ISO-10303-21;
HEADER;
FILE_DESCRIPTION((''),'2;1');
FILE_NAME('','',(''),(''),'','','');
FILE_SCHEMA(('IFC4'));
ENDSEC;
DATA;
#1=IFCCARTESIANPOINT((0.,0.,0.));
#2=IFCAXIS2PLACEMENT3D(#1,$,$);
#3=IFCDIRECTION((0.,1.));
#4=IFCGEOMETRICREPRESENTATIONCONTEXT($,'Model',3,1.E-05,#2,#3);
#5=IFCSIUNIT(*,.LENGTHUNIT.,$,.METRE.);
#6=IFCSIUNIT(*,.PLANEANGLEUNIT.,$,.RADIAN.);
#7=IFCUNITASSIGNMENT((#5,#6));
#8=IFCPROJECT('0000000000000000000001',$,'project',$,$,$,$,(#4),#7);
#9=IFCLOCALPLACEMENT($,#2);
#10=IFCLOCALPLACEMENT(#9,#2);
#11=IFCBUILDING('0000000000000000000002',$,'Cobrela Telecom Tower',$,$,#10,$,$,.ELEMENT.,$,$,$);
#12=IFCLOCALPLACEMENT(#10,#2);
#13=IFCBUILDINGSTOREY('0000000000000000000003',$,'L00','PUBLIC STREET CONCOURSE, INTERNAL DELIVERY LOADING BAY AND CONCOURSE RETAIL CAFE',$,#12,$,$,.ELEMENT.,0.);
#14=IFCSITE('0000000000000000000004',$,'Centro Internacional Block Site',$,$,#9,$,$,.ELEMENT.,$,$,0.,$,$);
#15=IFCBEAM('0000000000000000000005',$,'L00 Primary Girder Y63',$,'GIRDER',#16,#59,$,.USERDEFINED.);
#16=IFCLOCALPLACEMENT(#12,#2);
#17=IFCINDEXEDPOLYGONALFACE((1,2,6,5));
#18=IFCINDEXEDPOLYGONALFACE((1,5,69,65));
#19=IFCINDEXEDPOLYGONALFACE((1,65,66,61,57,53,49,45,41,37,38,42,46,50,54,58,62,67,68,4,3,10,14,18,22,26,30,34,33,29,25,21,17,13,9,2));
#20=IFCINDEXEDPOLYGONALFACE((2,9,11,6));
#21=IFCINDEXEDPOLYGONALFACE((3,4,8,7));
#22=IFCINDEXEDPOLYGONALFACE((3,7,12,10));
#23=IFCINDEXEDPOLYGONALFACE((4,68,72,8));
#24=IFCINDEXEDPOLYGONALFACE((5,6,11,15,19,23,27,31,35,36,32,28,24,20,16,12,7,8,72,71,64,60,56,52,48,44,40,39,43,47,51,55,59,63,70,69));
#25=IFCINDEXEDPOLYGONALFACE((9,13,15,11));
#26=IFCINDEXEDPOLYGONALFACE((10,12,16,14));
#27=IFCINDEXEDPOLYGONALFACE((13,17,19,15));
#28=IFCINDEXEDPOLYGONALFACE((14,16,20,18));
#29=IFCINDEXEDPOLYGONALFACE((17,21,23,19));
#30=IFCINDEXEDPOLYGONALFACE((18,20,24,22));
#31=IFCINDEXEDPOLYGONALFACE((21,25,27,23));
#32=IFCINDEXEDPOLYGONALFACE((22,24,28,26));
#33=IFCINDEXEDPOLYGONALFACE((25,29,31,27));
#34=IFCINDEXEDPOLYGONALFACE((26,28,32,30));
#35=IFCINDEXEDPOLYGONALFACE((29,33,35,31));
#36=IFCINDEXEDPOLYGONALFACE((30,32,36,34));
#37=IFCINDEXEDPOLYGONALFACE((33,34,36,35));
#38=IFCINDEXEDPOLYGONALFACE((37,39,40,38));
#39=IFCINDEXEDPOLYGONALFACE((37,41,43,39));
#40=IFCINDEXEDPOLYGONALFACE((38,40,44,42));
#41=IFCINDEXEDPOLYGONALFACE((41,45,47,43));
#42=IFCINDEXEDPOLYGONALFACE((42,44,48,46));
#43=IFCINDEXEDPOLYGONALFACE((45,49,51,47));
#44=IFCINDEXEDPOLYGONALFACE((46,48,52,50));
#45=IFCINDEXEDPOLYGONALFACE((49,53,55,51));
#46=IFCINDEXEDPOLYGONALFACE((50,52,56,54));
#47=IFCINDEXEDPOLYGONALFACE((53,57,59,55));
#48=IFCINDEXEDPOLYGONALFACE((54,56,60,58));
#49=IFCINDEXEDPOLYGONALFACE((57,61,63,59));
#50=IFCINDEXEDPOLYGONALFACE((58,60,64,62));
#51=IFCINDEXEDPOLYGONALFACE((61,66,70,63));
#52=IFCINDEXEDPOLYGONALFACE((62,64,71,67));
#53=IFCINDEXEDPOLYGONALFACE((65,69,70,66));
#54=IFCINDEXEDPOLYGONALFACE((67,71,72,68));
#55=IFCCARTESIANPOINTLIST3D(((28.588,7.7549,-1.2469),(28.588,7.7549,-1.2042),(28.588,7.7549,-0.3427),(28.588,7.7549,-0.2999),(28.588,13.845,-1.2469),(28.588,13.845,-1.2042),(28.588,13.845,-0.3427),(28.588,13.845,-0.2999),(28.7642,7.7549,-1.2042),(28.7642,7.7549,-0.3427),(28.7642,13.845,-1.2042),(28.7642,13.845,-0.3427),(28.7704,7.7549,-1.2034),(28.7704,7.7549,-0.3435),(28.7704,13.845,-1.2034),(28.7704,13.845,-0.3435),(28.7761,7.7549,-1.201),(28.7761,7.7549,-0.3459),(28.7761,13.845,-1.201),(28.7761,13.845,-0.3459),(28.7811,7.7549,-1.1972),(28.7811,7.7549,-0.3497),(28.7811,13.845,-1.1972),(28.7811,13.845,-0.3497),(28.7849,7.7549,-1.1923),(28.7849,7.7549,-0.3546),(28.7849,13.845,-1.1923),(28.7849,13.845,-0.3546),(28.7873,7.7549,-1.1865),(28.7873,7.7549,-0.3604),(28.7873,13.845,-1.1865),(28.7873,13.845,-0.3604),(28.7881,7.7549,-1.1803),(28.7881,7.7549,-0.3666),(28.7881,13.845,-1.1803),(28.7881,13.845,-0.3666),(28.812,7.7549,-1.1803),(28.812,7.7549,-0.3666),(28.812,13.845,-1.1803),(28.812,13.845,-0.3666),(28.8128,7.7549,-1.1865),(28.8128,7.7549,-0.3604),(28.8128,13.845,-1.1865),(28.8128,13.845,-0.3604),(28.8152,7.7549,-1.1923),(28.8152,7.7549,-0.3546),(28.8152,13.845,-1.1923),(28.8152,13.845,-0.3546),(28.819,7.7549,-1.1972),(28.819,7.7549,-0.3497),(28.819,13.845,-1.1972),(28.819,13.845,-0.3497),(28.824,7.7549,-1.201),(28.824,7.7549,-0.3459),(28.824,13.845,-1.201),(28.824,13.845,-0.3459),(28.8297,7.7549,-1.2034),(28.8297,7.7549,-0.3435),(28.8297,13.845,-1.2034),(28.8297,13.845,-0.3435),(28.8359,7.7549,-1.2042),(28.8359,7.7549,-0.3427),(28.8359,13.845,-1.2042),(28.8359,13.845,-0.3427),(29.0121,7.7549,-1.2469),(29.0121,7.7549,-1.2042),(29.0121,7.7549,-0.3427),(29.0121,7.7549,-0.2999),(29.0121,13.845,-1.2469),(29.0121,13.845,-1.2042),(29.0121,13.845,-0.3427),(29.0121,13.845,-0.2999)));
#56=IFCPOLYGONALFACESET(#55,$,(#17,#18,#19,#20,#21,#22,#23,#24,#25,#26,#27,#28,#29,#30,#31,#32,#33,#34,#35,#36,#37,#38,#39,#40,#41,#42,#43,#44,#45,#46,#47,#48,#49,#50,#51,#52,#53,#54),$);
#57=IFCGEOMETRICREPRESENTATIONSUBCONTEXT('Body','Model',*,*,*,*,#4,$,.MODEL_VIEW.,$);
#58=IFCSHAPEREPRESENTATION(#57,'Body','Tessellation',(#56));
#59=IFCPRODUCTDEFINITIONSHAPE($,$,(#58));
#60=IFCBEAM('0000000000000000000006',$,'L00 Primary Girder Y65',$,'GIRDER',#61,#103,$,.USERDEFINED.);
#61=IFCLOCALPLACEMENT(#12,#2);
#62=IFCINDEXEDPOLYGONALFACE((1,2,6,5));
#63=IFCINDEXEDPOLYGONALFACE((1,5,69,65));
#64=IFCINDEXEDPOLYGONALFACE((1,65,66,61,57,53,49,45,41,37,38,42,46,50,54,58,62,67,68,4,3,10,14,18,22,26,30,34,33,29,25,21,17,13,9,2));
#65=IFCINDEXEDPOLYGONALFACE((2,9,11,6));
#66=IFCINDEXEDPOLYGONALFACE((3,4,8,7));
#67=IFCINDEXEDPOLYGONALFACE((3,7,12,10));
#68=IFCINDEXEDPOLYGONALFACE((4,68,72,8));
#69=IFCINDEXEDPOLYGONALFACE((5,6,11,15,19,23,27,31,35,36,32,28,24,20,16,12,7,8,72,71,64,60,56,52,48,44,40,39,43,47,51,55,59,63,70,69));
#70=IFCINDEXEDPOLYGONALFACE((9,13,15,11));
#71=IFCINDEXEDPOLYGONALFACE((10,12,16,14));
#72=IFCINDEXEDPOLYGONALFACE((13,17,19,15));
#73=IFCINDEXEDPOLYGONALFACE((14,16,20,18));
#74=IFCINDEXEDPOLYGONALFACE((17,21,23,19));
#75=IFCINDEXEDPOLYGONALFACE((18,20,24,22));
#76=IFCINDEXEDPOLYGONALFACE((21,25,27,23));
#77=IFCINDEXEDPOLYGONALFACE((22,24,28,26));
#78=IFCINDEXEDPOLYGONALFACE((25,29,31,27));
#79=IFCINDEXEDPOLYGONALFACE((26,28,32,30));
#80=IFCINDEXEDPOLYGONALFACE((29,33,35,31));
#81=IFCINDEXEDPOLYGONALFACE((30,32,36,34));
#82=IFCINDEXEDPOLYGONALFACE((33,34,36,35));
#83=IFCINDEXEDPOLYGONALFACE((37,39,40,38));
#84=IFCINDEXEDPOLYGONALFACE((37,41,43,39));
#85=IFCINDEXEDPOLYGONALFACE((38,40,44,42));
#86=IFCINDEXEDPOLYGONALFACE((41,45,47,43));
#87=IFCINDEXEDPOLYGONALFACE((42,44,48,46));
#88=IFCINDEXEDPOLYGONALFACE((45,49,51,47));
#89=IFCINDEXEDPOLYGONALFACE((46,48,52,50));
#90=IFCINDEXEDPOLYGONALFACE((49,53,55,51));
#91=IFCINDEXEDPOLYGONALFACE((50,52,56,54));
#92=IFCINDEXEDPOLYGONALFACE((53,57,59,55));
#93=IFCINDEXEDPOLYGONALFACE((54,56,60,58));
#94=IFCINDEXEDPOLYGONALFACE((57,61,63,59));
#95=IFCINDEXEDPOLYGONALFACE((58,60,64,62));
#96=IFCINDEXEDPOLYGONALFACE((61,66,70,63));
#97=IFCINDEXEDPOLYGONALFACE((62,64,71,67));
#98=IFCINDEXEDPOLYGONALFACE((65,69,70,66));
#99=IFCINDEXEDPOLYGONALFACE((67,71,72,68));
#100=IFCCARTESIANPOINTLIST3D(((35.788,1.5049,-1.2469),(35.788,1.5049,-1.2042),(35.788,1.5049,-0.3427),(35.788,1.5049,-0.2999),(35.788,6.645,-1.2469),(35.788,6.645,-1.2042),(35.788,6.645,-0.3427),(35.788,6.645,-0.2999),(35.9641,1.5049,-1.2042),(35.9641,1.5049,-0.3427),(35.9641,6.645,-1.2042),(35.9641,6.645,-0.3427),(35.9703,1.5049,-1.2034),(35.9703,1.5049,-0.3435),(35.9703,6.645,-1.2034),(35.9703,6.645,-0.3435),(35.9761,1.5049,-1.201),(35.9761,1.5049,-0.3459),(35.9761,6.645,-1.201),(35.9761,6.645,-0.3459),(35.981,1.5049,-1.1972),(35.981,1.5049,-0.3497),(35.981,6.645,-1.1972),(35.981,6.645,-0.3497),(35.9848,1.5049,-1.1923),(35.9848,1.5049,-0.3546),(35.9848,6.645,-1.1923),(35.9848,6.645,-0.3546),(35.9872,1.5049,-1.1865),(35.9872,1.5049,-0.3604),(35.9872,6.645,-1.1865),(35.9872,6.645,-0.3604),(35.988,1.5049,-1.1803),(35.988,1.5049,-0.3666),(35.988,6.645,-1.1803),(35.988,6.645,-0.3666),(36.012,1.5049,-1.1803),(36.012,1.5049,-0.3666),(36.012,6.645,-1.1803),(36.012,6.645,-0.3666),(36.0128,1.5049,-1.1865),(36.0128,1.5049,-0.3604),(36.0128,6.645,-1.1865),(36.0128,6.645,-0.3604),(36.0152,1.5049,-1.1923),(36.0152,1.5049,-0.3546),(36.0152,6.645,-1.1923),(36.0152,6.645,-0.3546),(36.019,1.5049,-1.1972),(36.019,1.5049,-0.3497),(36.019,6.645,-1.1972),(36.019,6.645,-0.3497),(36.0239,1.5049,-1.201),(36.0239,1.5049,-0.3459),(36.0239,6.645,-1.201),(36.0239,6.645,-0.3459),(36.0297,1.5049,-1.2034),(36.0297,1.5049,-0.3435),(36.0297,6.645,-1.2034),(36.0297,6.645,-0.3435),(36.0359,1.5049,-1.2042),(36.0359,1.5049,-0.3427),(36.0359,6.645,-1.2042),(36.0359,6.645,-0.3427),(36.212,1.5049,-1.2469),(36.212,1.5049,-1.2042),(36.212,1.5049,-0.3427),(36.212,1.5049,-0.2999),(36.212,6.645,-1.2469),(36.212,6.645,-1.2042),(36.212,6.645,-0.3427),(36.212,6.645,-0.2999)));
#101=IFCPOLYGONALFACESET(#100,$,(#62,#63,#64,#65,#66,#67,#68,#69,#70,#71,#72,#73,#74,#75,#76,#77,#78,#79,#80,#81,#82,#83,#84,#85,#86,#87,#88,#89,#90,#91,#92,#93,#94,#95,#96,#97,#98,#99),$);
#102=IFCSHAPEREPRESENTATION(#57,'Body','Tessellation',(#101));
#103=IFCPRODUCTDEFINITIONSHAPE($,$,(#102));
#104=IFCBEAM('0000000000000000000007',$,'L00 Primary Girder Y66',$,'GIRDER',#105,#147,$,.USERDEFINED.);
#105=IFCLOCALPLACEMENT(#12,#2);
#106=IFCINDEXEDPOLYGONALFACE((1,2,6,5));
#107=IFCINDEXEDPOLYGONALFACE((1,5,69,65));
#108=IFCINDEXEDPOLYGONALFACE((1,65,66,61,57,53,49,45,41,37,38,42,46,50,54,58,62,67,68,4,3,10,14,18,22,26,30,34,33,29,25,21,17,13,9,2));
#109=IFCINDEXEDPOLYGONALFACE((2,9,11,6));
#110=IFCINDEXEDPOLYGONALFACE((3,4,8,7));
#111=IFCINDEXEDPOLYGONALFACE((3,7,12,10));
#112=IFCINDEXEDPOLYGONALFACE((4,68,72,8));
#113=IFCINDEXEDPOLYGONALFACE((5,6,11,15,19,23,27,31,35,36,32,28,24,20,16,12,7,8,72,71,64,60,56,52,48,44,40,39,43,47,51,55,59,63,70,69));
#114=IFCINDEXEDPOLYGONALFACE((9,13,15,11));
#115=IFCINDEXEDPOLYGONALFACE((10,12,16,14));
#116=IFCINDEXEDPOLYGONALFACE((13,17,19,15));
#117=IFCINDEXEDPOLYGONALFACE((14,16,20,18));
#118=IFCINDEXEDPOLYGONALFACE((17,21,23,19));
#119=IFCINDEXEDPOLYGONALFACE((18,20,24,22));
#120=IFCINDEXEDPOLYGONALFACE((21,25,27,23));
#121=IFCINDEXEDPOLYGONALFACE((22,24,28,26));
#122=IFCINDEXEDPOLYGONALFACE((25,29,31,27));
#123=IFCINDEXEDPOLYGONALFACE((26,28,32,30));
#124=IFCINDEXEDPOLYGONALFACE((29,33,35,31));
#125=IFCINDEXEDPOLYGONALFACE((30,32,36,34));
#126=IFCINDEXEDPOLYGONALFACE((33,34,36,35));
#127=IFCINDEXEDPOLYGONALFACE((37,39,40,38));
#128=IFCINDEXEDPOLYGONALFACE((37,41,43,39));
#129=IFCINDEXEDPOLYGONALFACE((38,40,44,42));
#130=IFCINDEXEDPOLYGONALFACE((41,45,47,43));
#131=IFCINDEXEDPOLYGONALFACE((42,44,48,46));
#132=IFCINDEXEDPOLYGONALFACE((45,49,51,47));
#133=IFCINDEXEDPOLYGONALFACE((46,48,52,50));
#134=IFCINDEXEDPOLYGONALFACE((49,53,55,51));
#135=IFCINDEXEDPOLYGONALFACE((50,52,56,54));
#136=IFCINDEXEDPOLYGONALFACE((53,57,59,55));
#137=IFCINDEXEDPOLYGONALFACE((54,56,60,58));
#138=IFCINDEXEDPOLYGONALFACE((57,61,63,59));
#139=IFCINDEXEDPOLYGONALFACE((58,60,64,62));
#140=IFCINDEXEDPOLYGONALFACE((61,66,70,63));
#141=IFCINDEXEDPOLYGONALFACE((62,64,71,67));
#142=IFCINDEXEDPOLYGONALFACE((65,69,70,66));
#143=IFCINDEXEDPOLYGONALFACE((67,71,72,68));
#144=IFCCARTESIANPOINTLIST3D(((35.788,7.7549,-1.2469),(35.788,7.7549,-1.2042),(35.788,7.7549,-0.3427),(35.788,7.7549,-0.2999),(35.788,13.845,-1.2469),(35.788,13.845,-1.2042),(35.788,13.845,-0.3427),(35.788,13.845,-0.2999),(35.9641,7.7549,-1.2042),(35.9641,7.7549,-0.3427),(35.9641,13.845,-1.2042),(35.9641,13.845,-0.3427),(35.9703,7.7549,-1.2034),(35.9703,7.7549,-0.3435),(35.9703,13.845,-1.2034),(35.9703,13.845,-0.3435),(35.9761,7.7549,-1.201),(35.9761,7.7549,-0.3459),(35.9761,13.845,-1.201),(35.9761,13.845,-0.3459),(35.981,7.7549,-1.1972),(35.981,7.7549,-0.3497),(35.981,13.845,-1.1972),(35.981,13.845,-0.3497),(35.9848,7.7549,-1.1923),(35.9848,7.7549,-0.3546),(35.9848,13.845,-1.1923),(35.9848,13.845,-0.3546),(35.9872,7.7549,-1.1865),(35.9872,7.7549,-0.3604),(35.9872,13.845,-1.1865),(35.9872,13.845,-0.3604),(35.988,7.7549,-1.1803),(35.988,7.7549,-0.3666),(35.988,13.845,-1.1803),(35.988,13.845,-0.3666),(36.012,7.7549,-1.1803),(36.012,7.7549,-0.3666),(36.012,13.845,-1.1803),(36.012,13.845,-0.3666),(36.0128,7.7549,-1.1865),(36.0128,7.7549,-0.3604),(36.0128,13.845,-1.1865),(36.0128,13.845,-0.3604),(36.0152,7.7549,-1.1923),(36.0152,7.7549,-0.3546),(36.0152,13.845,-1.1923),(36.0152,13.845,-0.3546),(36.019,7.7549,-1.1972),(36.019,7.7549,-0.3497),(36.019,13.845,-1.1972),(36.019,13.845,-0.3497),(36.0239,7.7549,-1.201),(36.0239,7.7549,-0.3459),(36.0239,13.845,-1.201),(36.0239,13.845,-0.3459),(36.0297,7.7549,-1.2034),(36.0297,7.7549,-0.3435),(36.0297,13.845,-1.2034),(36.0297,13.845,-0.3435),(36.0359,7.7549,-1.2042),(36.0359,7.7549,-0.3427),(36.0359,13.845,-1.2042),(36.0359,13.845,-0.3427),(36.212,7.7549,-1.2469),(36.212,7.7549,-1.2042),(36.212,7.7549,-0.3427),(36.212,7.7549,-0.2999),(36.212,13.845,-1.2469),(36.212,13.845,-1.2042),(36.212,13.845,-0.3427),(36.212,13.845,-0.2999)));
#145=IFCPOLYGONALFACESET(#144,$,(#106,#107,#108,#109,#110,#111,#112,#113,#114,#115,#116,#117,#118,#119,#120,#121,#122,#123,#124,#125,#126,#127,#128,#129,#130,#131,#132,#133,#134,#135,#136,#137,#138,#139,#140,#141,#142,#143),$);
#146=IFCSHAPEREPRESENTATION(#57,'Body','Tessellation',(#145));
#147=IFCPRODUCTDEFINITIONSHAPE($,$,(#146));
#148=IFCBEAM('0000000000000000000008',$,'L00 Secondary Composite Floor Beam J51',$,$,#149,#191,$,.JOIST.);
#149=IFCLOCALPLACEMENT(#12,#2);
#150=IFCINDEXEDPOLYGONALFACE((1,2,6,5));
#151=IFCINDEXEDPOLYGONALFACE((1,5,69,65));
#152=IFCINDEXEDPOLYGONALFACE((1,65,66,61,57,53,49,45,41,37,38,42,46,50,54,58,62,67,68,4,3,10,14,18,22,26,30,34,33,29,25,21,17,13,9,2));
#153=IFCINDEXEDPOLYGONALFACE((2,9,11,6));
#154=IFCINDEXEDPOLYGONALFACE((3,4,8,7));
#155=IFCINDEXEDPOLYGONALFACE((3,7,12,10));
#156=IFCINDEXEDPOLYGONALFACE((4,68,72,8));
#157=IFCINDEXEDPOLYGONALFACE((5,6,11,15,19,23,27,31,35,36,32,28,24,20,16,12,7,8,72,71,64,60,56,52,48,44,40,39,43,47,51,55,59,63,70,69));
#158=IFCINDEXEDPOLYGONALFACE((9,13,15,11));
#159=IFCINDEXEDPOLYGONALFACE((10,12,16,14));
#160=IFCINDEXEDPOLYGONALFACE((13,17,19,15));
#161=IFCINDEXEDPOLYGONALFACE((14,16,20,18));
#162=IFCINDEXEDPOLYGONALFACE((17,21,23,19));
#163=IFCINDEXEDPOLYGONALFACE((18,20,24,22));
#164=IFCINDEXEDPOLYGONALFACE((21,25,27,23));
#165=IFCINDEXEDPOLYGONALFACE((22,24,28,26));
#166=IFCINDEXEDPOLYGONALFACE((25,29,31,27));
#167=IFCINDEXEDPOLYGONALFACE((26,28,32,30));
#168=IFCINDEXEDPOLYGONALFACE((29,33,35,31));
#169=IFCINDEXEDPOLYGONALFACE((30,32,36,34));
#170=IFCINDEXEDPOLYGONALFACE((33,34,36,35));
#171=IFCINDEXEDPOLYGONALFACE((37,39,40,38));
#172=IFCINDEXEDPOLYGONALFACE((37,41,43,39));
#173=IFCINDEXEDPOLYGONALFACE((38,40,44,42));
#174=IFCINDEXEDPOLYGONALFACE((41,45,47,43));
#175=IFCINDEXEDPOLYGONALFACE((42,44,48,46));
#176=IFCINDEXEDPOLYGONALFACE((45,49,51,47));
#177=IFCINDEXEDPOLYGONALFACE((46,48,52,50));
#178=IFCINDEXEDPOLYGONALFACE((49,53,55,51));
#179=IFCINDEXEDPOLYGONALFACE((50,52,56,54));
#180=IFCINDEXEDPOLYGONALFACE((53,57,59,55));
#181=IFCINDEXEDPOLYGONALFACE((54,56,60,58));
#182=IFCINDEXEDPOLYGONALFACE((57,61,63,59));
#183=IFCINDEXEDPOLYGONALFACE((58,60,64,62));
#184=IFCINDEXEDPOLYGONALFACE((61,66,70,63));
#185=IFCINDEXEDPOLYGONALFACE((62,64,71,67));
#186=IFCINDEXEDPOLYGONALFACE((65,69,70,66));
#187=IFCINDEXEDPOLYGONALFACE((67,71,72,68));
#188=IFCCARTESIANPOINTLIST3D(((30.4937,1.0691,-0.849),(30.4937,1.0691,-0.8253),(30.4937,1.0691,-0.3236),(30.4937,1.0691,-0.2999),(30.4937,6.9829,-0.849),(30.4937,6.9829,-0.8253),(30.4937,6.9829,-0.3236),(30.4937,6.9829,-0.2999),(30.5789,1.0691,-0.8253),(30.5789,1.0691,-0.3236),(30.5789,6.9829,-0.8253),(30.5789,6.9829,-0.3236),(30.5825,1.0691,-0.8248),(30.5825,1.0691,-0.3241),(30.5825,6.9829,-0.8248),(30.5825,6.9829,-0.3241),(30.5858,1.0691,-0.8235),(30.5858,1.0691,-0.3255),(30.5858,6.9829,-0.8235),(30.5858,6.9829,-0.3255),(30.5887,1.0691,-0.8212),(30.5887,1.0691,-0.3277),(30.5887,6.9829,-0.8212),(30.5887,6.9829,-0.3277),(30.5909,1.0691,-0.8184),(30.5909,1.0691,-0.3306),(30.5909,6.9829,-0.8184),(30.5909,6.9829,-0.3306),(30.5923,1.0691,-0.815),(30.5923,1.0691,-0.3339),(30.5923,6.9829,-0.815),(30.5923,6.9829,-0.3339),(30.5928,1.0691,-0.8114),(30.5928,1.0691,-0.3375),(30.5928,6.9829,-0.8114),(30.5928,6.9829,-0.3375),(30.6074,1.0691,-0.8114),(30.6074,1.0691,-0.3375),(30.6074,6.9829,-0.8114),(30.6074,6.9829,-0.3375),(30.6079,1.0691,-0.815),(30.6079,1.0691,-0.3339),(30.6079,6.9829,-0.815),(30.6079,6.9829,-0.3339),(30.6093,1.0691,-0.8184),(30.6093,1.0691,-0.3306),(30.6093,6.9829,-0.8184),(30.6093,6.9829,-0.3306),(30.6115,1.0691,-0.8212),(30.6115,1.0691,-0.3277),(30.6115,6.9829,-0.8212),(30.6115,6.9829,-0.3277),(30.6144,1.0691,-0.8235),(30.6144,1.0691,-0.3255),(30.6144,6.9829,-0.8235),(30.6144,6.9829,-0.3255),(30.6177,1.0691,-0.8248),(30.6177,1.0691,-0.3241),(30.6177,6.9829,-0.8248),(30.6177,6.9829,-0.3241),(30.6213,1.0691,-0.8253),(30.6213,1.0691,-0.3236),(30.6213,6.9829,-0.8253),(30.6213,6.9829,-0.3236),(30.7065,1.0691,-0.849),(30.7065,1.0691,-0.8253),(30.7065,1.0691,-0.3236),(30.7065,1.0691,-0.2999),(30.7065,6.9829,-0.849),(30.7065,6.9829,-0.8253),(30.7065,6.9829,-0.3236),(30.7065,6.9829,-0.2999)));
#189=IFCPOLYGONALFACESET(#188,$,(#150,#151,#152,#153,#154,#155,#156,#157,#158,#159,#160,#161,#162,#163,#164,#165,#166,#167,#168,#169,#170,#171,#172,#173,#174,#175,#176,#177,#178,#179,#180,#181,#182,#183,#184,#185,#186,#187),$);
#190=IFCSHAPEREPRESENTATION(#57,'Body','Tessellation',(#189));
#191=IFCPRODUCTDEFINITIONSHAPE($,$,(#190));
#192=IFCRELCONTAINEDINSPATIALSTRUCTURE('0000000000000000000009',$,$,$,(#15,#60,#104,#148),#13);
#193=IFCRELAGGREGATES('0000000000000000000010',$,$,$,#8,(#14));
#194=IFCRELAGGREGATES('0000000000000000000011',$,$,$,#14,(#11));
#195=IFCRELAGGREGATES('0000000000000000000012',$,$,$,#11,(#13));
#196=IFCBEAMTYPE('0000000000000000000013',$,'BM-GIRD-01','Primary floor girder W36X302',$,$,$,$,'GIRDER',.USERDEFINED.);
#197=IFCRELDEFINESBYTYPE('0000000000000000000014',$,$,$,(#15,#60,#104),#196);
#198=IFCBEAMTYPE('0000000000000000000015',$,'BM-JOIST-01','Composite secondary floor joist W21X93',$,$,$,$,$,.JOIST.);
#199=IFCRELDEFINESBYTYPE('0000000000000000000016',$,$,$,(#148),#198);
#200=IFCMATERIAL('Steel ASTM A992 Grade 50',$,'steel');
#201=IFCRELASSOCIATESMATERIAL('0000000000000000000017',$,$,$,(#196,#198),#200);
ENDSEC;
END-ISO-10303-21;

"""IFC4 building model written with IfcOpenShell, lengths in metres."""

from ifc_helpers import new_model, si_unit, direction, frame, origin, origin_2d, place, context, subcontext, project, spatial, i_section, extrude, material, material_profile, profile_set, type_object, element, save


model = new_model("IFC4")

# Units and contexts
model_context = context("Model", 3, precision=1e-05, world=origin(), true_north=direction((0.0, 1.0)))
body_context = subcontext(model_context, "Body", "Model", "MODEL_VIEW")
ifc_project = project(units=[si_unit("LENGTHUNIT", "METRE"), si_unit("PLANEANGLEUNIT", "RADIAN")], contexts=[model_context])

# Site, building, storey
site_placement = place(None, origin())
site = spatial("IfcSite", under=ifc_project, at=site_placement, Name="Centro Internacional Block Site", CompositionType="ELEMENT", RefElevation=0.0)
building_placement = place(site_placement, origin())
building = spatial("IfcBuilding", under=site, at=building_placement, Name="Cobrela Telecom Tower", CompositionType="ELEMENT")
storey_placement = place(building_placement, origin())
storey = spatial("IfcBuildingStorey", under=building, at=storey_placement, Name="L00", Description="PUBLIC STREET CONCOURSE, INTERNAL DELIVERY LOADING BAY AND CONCOURSE RETAIL CAFE", CompositionType="ELEMENT", Elevation=0.0)

# Beams
ifc_material_1 = material(Name="Steel ASTM A992 Grade 50", Category="steel")
ifc_material_profile_1 = material_profile(ifc_material_1, i_section(OverallWidth=0.4241, OverallDepth=0.947, WebThickness=0.0239, FlangeThickness=0.0427, FilletRadius=0.0239, at=origin_2d()), Name="W36X302")
ifc_profile_set_1 = profile_set([ifc_material_profile_1], Name="Steel ASTM A992 Grade 50")
beam_type_1 = type_object("IfcBeamType", Name="BM-GIRD-01", Description="Primary floor girder W36X302", ElementType="GIRDER", PredefinedType="USERDEFINED", material=ifc_profile_set_1)
beam_1_placement = place(storey_placement, frame((28.8, 7.7549, -0.7734), z_axis=(0.0, 1.0, 0.0), x_axis=(-1.0, 0.0, 0.0)))
element("IfcBeam", 1, at=beam_1_placement, inside=storey, type_object=beam_type_1, Name="L00 Primary Girder Y63", ObjectType="GIRDER", PredefinedType="USERDEFINED", context=body_context, shape_type="SweptSolid", body=[
    extrude(i_section(OverallWidth=0.4241, OverallDepth=0.947, WebThickness=0.0239, FlangeThickness=0.0427, FilletRadius=0.0239, at=origin_2d()), origin(), (0.0, 0.0, 1.0), 6.0901),
])
beam_2_placement = place(storey_placement, frame((36.0, 1.5049, -0.7734), z_axis=(0.0, 1.0, 0.0), x_axis=(-1.0, 0.0, 0.0)))
element("IfcBeam", 2, at=beam_2_placement, inside=storey, type_object=beam_type_1, Name="L00 Primary Girder Y65", ObjectType="GIRDER", PredefinedType="USERDEFINED", context=body_context, shape_type="SweptSolid", body=[
    extrude(i_section(OverallWidth=0.4241, OverallDepth=0.947, WebThickness=0.0239, FlangeThickness=0.0427, FilletRadius=0.0239, at=origin_2d()), origin(), (0.0, 0.0, 1.0), 5.1401),
])
beam_3_placement = place(storey_placement, frame((36.0, 7.7549, -0.7734), z_axis=(0.0, 1.0, 0.0), x_axis=(-1.0, 0.0, 0.0)))
element("IfcBeam", 3, at=beam_3_placement, inside=storey, type_object=beam_type_1, Name="L00 Primary Girder Y66", ObjectType="GIRDER", PredefinedType="USERDEFINED", context=body_context, shape_type="SweptSolid", body=[
    extrude(i_section(OverallWidth=0.4241, OverallDepth=0.947, WebThickness=0.0239, FlangeThickness=0.0427, FilletRadius=0.0239, at=origin_2d()), origin(), (0.0, 0.0, 1.0), 6.0901),
])
ifc_material_profile_2 = material_profile(ifc_material_1, i_section(OverallWidth=0.2129, OverallDepth=0.5491, WebThickness=0.0146, FlangeThickness=0.0237, FilletRadius=0.0139, at=origin_2d()), Name="W21X93")
ifc_profile_set_2 = profile_set([ifc_material_profile_2], Name="Steel ASTM A992 Grade 50")
beam_type_2 = type_object("IfcBeamType", Name="BM-JOIST-01", Description="Composite secondary floor joist W21X93", PredefinedType="JOIST", material=ifc_profile_set_2)
beam_4_placement = place(storey_placement, frame((30.6001, 1.0691, -0.5745), z_axis=(0.0, 1.0, 0.0), x_axis=(-1.0, 0.0, 0.0)))
element("IfcBeam", 4, at=beam_4_placement, inside=storey, type_object=beam_type_2, Name="L00 Secondary Composite Floor Beam J51", PredefinedType="JOIST", context=body_context, shape_type="SweptSolid", body=[
    extrude(i_section(OverallWidth=0.2129, OverallDepth=0.5491, WebThickness=0.0146, FlangeThickness=0.0237, FilletRadius=0.0139, at=origin_2d()), origin(), (0.0, 0.0, 1.0), 5.9138),
])

save(model, "model.ifc")
